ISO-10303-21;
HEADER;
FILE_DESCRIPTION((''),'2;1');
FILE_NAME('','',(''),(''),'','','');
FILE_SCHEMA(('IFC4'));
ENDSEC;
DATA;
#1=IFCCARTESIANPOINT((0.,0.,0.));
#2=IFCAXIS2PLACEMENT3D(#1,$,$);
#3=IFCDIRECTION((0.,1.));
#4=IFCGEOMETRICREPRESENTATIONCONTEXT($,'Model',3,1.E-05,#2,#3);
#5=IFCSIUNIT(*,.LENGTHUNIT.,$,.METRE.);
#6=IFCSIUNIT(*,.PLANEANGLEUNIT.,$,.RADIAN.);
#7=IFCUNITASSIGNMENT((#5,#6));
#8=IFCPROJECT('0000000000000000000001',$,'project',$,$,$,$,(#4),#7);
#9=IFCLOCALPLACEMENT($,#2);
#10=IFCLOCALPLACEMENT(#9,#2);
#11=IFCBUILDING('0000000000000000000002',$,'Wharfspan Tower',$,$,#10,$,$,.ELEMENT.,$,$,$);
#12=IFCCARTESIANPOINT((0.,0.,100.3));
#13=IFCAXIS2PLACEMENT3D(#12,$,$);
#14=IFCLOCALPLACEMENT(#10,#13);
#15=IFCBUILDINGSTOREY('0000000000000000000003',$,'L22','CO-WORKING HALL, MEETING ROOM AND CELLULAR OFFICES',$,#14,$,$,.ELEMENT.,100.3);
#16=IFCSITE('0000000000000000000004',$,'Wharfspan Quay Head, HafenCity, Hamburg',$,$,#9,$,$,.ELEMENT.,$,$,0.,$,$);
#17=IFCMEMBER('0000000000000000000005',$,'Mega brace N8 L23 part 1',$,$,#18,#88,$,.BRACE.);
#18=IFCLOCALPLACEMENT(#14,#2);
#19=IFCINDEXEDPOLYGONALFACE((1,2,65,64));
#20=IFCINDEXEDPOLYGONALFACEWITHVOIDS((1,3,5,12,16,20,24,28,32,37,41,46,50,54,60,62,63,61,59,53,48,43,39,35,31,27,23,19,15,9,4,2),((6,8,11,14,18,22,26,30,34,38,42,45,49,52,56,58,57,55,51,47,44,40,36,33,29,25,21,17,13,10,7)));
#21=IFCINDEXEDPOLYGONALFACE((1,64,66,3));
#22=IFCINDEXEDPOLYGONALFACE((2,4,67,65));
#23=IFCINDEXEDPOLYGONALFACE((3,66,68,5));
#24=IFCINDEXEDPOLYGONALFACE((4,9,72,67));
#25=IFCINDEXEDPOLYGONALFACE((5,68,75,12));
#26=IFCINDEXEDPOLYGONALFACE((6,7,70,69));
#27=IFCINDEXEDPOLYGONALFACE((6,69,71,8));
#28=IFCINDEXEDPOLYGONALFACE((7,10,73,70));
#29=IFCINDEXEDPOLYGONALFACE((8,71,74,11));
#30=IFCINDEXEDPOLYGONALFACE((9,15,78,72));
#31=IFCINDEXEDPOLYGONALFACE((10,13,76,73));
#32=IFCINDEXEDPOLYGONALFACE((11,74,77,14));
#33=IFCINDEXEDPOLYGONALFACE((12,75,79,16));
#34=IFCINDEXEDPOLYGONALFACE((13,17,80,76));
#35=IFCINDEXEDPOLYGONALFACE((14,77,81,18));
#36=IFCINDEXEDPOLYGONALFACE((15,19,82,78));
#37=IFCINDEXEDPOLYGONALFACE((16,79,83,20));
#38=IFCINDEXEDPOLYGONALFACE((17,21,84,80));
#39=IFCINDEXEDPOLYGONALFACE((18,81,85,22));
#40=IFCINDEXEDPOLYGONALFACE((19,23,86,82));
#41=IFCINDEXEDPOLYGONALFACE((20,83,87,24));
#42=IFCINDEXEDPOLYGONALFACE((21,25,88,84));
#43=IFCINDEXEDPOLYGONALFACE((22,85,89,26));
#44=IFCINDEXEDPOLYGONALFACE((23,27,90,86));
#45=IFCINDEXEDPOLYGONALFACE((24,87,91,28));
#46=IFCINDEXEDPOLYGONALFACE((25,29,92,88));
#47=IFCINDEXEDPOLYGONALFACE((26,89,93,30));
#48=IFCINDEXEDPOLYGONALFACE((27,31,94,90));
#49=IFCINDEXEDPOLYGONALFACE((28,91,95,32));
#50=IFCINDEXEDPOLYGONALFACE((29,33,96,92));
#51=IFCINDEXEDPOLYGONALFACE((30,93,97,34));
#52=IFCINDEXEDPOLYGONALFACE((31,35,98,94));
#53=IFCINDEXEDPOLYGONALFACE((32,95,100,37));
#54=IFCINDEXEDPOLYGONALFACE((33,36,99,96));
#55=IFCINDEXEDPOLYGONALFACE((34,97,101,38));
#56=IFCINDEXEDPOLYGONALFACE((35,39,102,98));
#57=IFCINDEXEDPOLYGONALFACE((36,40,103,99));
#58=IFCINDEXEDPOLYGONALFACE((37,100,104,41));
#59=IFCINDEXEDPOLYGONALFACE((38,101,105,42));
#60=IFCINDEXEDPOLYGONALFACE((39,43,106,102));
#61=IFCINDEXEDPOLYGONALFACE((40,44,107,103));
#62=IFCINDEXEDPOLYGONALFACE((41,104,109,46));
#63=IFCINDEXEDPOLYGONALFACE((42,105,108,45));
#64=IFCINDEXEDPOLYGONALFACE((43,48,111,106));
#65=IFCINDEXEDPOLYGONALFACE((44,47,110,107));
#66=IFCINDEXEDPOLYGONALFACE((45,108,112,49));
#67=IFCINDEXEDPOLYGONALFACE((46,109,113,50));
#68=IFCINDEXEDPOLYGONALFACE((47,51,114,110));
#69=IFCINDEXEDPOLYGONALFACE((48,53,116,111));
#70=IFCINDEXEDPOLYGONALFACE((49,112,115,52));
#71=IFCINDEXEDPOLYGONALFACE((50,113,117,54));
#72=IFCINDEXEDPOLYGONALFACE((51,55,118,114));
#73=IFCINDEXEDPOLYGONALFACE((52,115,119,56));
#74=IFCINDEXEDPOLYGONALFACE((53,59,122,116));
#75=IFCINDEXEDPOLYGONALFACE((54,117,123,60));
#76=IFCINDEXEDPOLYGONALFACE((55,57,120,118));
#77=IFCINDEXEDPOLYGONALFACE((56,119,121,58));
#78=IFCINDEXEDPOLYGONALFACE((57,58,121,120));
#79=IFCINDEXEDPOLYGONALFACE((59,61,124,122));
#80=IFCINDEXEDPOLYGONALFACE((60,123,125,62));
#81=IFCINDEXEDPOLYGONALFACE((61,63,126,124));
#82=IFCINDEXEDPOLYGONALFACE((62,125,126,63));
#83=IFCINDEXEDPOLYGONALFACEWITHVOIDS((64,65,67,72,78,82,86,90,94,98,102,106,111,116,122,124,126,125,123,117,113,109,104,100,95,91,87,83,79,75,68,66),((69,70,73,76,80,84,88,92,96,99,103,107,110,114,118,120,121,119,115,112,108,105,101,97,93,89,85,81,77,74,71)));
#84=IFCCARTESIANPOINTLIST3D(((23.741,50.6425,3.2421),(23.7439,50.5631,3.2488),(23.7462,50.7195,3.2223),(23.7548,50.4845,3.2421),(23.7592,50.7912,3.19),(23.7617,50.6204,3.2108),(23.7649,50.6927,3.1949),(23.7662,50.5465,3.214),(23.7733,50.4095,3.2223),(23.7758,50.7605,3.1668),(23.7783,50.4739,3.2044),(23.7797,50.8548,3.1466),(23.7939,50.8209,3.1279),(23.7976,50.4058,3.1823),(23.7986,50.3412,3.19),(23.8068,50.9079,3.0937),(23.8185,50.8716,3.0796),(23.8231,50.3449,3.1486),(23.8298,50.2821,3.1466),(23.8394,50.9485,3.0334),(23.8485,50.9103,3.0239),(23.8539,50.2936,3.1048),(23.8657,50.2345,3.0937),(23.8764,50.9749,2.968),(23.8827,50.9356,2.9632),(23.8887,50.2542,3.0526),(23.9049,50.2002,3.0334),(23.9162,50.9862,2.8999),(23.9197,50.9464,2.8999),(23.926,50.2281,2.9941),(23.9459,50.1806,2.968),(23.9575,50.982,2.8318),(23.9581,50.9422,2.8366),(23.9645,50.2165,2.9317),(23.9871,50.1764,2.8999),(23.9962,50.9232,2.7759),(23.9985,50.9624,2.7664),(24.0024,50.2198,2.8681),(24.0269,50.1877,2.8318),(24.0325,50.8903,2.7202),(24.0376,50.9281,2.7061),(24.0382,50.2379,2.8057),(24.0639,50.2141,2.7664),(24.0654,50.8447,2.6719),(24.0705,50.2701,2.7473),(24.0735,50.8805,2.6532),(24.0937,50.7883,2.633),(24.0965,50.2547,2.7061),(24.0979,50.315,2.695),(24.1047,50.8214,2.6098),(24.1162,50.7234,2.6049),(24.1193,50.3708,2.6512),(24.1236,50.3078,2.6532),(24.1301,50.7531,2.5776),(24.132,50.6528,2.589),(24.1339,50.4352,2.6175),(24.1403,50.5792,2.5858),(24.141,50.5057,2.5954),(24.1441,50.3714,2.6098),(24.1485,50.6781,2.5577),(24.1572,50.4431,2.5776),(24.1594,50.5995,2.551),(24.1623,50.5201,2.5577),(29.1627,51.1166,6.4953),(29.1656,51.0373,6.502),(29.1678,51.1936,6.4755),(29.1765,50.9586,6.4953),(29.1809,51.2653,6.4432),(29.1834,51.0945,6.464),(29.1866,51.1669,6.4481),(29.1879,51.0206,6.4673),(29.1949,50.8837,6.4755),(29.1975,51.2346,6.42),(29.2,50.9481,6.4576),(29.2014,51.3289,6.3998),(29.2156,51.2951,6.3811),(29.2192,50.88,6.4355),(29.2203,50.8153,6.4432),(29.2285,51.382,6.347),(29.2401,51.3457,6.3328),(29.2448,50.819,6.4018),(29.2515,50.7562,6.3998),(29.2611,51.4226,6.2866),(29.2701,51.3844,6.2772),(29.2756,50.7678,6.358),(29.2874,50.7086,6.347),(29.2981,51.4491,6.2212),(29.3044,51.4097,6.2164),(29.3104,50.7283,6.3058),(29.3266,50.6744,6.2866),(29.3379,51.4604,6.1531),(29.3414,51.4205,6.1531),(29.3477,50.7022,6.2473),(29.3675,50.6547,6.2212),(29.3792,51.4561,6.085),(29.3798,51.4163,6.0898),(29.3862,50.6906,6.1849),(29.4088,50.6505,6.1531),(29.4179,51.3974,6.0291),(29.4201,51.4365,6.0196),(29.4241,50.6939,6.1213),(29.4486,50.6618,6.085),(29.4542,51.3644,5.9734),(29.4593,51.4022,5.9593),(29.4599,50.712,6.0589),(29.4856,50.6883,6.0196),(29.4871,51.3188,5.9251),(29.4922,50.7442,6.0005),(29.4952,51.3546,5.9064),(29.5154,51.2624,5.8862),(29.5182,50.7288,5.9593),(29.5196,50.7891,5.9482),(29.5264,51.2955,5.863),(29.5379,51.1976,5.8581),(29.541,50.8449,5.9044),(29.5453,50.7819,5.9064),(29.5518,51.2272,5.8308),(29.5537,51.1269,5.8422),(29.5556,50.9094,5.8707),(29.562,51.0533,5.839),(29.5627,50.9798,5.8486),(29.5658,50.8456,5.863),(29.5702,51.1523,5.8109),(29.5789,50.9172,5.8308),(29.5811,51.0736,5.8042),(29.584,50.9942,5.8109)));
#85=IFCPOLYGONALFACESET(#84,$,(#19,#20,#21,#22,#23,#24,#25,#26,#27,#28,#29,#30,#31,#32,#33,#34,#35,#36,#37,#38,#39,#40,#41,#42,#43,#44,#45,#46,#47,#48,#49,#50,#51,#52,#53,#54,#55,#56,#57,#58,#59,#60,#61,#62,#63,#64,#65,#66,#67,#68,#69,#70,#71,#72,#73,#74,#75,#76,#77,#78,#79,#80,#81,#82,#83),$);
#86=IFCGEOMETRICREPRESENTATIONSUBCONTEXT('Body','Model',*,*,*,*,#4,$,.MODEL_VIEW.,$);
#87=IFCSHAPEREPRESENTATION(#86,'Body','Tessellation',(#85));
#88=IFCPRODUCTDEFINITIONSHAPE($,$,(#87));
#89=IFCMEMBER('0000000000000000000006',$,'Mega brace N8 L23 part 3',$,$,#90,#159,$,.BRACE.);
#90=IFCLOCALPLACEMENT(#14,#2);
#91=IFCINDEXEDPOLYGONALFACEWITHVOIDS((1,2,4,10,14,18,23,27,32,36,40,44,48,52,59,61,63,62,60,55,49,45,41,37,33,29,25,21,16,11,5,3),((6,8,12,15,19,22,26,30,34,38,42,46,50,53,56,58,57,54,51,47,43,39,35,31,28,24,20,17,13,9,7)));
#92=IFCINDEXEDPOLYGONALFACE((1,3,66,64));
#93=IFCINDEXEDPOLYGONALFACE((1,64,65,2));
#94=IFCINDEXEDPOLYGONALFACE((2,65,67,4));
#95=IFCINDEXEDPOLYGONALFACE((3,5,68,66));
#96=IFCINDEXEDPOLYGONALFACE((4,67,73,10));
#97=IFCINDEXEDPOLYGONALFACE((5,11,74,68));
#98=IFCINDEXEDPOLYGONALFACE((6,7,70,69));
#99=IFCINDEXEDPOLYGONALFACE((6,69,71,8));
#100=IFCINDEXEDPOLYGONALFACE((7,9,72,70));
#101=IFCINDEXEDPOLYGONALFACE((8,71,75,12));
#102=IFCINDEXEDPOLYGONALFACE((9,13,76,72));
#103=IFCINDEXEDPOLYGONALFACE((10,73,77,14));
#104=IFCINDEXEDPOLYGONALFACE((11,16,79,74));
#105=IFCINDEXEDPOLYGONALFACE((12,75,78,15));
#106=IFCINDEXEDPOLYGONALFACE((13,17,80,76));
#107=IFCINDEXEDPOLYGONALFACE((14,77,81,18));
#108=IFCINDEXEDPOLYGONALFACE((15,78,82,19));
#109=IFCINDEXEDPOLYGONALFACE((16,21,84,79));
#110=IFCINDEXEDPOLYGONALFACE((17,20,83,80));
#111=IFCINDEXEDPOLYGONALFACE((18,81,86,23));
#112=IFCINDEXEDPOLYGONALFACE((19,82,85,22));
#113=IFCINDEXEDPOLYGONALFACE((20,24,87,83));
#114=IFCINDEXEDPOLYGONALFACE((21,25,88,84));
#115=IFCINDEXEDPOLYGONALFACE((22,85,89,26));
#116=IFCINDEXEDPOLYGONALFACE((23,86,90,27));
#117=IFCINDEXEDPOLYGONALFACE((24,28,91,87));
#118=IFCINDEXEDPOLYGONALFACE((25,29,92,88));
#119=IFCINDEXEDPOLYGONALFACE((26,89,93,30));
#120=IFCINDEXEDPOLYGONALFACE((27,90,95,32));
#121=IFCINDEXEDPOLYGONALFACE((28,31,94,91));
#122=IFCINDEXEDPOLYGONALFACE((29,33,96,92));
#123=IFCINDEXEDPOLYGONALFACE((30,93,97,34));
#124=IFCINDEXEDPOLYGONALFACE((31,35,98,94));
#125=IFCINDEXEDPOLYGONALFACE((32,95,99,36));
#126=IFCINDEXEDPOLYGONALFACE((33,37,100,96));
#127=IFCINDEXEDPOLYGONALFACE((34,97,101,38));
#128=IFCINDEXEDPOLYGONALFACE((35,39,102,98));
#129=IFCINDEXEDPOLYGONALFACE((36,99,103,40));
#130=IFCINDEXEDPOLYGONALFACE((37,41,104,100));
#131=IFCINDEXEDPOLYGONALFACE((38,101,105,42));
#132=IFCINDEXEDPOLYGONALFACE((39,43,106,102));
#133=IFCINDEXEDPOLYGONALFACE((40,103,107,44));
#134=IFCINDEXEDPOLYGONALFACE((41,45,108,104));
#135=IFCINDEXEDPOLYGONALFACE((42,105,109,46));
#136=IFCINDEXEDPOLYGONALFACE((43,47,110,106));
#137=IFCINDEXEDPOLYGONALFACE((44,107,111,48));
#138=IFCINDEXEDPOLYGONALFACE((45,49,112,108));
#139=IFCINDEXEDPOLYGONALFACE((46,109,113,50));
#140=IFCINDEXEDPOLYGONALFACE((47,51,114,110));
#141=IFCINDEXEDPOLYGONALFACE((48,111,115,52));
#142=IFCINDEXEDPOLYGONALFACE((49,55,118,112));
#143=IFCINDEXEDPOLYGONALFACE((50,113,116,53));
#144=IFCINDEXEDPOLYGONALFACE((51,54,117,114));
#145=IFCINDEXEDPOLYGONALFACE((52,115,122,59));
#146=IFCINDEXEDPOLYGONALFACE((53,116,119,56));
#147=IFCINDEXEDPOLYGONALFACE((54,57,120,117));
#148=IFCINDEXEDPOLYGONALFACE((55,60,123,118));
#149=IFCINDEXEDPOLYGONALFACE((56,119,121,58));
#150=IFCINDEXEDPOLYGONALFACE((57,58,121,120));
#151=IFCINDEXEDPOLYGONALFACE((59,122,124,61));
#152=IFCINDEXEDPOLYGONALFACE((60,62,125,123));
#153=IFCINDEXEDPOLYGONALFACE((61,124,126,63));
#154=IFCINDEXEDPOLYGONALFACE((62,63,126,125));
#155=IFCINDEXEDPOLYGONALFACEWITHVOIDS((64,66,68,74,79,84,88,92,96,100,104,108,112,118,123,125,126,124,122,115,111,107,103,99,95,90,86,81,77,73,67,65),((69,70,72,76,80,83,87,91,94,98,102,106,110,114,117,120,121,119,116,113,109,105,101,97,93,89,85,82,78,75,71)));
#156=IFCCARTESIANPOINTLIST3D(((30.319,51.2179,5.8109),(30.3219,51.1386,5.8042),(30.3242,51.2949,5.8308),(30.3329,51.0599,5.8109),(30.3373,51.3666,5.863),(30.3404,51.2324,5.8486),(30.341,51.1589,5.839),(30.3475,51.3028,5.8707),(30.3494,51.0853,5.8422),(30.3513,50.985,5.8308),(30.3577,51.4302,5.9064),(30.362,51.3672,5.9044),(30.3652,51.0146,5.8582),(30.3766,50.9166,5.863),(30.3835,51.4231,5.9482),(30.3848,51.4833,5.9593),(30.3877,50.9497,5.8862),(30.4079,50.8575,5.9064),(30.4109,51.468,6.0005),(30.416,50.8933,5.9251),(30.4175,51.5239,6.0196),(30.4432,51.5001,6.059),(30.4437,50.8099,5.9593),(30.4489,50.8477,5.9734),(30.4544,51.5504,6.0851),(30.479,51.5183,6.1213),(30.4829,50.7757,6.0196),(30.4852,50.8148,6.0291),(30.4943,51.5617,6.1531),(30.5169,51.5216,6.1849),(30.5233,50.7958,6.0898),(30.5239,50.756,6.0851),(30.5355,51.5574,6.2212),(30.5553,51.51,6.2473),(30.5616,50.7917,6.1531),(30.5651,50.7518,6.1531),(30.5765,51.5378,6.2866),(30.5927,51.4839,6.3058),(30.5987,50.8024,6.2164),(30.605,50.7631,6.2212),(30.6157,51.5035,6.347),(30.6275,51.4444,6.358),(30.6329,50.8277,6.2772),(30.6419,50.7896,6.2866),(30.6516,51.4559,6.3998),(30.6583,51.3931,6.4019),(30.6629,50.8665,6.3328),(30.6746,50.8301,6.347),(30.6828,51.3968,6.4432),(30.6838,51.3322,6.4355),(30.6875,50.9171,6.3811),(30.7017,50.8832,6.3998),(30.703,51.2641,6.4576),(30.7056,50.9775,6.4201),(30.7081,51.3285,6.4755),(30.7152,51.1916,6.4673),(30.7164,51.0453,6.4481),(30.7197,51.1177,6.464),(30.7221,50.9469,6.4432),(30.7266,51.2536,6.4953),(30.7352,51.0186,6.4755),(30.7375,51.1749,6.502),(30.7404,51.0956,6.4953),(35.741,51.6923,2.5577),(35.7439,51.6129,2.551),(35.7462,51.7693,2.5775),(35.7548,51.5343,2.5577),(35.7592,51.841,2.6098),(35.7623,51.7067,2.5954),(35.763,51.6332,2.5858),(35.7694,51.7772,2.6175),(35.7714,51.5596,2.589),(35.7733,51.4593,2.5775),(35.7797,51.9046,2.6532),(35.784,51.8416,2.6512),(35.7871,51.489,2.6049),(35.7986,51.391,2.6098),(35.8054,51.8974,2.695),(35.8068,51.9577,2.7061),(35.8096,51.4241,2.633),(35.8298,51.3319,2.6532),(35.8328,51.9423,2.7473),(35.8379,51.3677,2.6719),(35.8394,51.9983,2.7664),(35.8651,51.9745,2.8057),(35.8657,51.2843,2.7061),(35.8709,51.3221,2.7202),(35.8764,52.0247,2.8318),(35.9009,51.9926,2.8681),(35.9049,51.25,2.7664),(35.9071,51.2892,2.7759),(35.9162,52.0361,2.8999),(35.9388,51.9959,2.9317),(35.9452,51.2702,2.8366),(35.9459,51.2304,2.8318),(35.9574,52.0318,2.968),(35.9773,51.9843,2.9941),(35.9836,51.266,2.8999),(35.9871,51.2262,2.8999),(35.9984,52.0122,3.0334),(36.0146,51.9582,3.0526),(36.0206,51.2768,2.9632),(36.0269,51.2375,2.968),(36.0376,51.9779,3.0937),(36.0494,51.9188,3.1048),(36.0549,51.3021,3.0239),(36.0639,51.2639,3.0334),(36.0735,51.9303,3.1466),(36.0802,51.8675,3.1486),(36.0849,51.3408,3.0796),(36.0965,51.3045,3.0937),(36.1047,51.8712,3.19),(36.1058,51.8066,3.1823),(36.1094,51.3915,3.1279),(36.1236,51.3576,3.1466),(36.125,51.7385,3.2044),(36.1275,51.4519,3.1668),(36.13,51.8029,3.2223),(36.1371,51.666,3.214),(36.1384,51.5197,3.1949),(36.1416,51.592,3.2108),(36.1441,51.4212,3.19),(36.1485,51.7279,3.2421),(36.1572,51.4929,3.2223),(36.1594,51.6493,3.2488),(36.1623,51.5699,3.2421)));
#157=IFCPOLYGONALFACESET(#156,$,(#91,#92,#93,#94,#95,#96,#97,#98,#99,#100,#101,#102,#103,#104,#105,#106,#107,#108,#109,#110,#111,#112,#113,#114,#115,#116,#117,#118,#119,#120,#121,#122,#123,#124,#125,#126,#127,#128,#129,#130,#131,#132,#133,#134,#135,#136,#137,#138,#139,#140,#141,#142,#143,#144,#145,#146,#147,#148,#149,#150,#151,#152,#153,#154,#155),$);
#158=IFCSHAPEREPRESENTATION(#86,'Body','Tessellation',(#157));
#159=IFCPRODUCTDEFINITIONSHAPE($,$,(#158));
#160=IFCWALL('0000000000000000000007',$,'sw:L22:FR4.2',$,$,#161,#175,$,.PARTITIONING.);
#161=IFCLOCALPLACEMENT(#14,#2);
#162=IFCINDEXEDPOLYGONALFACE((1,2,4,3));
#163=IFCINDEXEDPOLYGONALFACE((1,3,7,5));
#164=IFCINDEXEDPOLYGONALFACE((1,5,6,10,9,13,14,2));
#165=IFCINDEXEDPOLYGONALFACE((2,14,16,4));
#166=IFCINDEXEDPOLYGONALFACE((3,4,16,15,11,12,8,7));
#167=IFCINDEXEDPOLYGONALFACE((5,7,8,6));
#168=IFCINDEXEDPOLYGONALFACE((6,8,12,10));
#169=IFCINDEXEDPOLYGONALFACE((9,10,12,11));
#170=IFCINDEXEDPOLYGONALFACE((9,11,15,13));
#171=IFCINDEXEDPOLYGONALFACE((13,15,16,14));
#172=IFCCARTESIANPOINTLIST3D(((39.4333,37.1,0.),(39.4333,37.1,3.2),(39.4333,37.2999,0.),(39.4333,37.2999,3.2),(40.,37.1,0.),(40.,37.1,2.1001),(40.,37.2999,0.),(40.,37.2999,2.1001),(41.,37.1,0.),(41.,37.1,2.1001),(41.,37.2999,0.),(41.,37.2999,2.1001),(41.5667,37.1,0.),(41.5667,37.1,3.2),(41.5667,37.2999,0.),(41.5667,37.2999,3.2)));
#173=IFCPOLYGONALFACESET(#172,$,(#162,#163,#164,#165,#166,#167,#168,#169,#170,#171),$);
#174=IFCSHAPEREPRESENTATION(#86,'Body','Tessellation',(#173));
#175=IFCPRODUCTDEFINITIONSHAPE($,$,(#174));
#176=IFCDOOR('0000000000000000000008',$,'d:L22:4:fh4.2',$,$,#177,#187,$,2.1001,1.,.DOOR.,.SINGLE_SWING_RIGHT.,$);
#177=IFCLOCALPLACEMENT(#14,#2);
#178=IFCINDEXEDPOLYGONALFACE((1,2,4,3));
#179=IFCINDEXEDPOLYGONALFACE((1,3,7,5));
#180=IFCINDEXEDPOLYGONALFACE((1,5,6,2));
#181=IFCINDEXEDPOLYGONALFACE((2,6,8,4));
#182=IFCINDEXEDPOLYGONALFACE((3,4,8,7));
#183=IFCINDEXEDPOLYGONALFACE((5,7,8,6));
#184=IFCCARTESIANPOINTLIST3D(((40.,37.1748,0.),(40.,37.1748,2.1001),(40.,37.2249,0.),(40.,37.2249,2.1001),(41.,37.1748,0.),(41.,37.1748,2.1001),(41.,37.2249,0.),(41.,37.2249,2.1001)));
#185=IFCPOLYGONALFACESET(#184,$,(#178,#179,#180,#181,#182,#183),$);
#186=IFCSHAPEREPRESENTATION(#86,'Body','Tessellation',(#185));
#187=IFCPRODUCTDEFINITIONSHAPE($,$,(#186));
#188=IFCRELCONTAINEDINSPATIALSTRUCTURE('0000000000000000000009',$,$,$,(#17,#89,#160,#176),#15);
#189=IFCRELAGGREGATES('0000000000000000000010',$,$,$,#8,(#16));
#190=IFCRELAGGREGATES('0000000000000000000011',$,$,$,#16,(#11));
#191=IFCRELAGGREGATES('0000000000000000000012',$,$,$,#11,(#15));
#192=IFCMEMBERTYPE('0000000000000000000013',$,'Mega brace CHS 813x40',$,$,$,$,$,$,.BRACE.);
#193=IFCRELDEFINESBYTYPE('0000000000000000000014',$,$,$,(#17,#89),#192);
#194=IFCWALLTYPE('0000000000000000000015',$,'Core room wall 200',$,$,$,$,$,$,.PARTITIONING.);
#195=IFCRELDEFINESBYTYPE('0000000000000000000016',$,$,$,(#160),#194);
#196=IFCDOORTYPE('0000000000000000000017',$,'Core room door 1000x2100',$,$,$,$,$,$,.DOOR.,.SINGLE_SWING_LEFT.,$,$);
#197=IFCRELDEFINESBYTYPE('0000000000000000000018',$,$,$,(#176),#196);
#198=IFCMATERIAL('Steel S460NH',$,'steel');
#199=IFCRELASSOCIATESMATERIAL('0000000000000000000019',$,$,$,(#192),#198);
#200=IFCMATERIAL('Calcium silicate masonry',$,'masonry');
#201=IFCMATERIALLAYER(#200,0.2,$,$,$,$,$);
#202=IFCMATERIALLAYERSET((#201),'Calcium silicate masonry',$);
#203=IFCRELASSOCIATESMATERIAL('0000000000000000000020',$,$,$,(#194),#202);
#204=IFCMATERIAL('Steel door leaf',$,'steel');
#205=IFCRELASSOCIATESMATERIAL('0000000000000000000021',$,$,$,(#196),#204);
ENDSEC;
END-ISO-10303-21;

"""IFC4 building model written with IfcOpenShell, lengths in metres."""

from ifc_helpers import new_model, si_unit, direction, frame, frame_2d, origin, origin_2d, place, context, subcontext, project, spatial, rectangle, hollow_circle, extrude, material, layer, layer_set, material_profile, profile_set, type_object, element, fill, save


model = new_model("IFC4")

# Units and contexts
model_context = context("Model", 3, precision=1e-05, world=origin(), true_north=direction((0.0, 1.0)))
body_context = subcontext(model_context, "Body", "Model", "MODEL_VIEW")
ifc_project = project(units=[si_unit("LENGTHUNIT", "METRE"), si_unit("PLANEANGLEUNIT", "RADIAN")], contexts=[model_context])

# Site, building, storey
site_placement = place(None, origin())
site = spatial("IfcSite", under=ifc_project, at=site_placement, Name="Wharfspan Quay Head, HafenCity, Hamburg", CompositionType="ELEMENT", RefElevation=0.0)
building_placement = place(site_placement, origin())
building = spatial("IfcBuilding", under=site, at=building_placement, Name="Wharfspan Tower", CompositionType="ELEMENT")
storey_placement = place(building_placement, frame((0.0, 0.0, 100.3)))
storey = spatial("IfcBuildingStorey", under=building, at=storey_placement, Name="L22", Description="CO-WORKING HALL, MEETING ROOM AND CELLULAR OFFICES", CompositionType="ELEMENT", Elevation=100.3)

# Members
ifc_material_1 = material(Name="Steel S460NH", Category="steel")
ifc_material_profile_1 = material_profile(ifc_material_1, hollow_circle(Radius=0.4065, WallThickness=0.04, at=origin_2d()))
ifc_profile_set_1 = profile_set([ifc_material_profile_1], Name="Steel S460NH")
member_type_1 = type_object("IfcMemberType", Name="Mega brace CHS 813x40", PredefinedType="BRACE", material=ifc_profile_set_1)
member_1_placement = place(storey_placement, frame((23.9517, 50.5813, 2.8999), z_axis=(0.855079, 0.074777, 0.513078), x_axis=(-0.087118, 0.996199, 0.0)))
element("IfcMember", 1, at=member_1_placement, inside=storey, type_object=member_type_1, Name="Mega brace N8 L23 part 1", PredefinedType="BRACE", context=body_context, shape_type="SweptSolid", body=[
    extrude(hollow_circle(Radius=0.4065, WallThickness=0.04, at=origin_2d()), origin(), (0.0, 0.0, 1.0), 6.3406),
])
member_2_placement = place(storey_placement, frame((35.9517, 51.6311, 2.8999), z_axis=(-0.855087, -0.074812, 0.51306), x_axis=(0.087157, -0.996195, -0.000001)))
element("IfcMember", 2, at=member_2_placement, inside=storey, type_object=member_type_1, Name="Mega brace N8 L23 part 3", PredefinedType="BRACE", context=body_context, shape_type="SweptSolid", body=[
    extrude(hollow_circle(Radius=0.4065, WallThickness=0.04, at=origin_2d()), origin(), (0.0, 0.0, 1.0), 6.3408),
])

# Wall, opening, door
ifc_material_2 = material(Name="Calcium silicate masonry", Category="masonry")
ifc_layer_1 = layer(ifc_material_2, 0.2)
ifc_layer_set_1 = layer_set([ifc_layer_1], Name="Calcium silicate masonry")
wall_type_1 = type_object("IfcWallType", Name="Core room wall 200", PredefinedType="PARTITIONING", material=ifc_layer_set_1)
wall_1_placement = place(storey_placement, frame((39.4333, 37.2, 0.0), z_axis=(0.0, 0.0, 1.0), x_axis=(1.0, 0.0, 0.0)))
wall_1 = element("IfcWall", 3, at=wall_1_placement, inside=storey, type_object=wall_type_1, Name="sw:L22:FR4.2", PredefinedType="PARTITIONING", context=body_context, shape_type="SweptSolid", body=[
    extrude(rectangle(XDim=2.1333, YDim=0.2, at=frame_2d((1.0667, 0.0))), origin(), (0.0, 0.0, 1.0), 3.2),
])
opening_1_placement = place(wall_1_placement, frame((0.5666, 0.0, 0.0)))
opening_1 = element("IfcOpeningElement", 4, at=opening_1_placement, cuts=wall_1, PredefinedType="OPENING", context=body_context, shape_type="SweptSolid", body=[
    extrude(rectangle(XDim=1.0, YDim=2.1001, at=frame_2d((0.5, 1.05))), frame((0.0, 0.1099, 0.0), z_axis=(0.0, -1.0, 0.0), x_axis=(1.0, 0.0, 0.0)), (0.0, 0.0, 1.0), 0.22),
])
ifc_material_3 = material(Name="Steel door leaf", Category="steel")
door_type_1 = type_object("IfcDoorType", Name="Core room door 1000x2100", OperationType="SINGLE_SWING_LEFT", PredefinedType="DOOR", material=ifc_material_3)
door_1_placement = place(opening_1_placement, origin())
door_1 = element("IfcDoor", 5, at=door_1_placement, inside=storey, type_object=door_type_1, Name="d:L22:4:fh4.2", OperationType="SINGLE_SWING_RIGHT", OverallHeight=2.1001, OverallWidth=1.0, PredefinedType="DOOR", context=body_context, shape_type="SweptSolid", body=[
    extrude(rectangle(XDim=1.0, YDim=2.1001, at=frame_2d((0.5, 1.05))), frame((0.0, 0.0249, 0.0), z_axis=(0.0, -1.0, 0.0), x_axis=(1.0, 0.0, 0.0)), (0.0, 0.0, 1.0), 0.05),
])
fill(opening_1, door_1)

save(model, "model.ifc")
